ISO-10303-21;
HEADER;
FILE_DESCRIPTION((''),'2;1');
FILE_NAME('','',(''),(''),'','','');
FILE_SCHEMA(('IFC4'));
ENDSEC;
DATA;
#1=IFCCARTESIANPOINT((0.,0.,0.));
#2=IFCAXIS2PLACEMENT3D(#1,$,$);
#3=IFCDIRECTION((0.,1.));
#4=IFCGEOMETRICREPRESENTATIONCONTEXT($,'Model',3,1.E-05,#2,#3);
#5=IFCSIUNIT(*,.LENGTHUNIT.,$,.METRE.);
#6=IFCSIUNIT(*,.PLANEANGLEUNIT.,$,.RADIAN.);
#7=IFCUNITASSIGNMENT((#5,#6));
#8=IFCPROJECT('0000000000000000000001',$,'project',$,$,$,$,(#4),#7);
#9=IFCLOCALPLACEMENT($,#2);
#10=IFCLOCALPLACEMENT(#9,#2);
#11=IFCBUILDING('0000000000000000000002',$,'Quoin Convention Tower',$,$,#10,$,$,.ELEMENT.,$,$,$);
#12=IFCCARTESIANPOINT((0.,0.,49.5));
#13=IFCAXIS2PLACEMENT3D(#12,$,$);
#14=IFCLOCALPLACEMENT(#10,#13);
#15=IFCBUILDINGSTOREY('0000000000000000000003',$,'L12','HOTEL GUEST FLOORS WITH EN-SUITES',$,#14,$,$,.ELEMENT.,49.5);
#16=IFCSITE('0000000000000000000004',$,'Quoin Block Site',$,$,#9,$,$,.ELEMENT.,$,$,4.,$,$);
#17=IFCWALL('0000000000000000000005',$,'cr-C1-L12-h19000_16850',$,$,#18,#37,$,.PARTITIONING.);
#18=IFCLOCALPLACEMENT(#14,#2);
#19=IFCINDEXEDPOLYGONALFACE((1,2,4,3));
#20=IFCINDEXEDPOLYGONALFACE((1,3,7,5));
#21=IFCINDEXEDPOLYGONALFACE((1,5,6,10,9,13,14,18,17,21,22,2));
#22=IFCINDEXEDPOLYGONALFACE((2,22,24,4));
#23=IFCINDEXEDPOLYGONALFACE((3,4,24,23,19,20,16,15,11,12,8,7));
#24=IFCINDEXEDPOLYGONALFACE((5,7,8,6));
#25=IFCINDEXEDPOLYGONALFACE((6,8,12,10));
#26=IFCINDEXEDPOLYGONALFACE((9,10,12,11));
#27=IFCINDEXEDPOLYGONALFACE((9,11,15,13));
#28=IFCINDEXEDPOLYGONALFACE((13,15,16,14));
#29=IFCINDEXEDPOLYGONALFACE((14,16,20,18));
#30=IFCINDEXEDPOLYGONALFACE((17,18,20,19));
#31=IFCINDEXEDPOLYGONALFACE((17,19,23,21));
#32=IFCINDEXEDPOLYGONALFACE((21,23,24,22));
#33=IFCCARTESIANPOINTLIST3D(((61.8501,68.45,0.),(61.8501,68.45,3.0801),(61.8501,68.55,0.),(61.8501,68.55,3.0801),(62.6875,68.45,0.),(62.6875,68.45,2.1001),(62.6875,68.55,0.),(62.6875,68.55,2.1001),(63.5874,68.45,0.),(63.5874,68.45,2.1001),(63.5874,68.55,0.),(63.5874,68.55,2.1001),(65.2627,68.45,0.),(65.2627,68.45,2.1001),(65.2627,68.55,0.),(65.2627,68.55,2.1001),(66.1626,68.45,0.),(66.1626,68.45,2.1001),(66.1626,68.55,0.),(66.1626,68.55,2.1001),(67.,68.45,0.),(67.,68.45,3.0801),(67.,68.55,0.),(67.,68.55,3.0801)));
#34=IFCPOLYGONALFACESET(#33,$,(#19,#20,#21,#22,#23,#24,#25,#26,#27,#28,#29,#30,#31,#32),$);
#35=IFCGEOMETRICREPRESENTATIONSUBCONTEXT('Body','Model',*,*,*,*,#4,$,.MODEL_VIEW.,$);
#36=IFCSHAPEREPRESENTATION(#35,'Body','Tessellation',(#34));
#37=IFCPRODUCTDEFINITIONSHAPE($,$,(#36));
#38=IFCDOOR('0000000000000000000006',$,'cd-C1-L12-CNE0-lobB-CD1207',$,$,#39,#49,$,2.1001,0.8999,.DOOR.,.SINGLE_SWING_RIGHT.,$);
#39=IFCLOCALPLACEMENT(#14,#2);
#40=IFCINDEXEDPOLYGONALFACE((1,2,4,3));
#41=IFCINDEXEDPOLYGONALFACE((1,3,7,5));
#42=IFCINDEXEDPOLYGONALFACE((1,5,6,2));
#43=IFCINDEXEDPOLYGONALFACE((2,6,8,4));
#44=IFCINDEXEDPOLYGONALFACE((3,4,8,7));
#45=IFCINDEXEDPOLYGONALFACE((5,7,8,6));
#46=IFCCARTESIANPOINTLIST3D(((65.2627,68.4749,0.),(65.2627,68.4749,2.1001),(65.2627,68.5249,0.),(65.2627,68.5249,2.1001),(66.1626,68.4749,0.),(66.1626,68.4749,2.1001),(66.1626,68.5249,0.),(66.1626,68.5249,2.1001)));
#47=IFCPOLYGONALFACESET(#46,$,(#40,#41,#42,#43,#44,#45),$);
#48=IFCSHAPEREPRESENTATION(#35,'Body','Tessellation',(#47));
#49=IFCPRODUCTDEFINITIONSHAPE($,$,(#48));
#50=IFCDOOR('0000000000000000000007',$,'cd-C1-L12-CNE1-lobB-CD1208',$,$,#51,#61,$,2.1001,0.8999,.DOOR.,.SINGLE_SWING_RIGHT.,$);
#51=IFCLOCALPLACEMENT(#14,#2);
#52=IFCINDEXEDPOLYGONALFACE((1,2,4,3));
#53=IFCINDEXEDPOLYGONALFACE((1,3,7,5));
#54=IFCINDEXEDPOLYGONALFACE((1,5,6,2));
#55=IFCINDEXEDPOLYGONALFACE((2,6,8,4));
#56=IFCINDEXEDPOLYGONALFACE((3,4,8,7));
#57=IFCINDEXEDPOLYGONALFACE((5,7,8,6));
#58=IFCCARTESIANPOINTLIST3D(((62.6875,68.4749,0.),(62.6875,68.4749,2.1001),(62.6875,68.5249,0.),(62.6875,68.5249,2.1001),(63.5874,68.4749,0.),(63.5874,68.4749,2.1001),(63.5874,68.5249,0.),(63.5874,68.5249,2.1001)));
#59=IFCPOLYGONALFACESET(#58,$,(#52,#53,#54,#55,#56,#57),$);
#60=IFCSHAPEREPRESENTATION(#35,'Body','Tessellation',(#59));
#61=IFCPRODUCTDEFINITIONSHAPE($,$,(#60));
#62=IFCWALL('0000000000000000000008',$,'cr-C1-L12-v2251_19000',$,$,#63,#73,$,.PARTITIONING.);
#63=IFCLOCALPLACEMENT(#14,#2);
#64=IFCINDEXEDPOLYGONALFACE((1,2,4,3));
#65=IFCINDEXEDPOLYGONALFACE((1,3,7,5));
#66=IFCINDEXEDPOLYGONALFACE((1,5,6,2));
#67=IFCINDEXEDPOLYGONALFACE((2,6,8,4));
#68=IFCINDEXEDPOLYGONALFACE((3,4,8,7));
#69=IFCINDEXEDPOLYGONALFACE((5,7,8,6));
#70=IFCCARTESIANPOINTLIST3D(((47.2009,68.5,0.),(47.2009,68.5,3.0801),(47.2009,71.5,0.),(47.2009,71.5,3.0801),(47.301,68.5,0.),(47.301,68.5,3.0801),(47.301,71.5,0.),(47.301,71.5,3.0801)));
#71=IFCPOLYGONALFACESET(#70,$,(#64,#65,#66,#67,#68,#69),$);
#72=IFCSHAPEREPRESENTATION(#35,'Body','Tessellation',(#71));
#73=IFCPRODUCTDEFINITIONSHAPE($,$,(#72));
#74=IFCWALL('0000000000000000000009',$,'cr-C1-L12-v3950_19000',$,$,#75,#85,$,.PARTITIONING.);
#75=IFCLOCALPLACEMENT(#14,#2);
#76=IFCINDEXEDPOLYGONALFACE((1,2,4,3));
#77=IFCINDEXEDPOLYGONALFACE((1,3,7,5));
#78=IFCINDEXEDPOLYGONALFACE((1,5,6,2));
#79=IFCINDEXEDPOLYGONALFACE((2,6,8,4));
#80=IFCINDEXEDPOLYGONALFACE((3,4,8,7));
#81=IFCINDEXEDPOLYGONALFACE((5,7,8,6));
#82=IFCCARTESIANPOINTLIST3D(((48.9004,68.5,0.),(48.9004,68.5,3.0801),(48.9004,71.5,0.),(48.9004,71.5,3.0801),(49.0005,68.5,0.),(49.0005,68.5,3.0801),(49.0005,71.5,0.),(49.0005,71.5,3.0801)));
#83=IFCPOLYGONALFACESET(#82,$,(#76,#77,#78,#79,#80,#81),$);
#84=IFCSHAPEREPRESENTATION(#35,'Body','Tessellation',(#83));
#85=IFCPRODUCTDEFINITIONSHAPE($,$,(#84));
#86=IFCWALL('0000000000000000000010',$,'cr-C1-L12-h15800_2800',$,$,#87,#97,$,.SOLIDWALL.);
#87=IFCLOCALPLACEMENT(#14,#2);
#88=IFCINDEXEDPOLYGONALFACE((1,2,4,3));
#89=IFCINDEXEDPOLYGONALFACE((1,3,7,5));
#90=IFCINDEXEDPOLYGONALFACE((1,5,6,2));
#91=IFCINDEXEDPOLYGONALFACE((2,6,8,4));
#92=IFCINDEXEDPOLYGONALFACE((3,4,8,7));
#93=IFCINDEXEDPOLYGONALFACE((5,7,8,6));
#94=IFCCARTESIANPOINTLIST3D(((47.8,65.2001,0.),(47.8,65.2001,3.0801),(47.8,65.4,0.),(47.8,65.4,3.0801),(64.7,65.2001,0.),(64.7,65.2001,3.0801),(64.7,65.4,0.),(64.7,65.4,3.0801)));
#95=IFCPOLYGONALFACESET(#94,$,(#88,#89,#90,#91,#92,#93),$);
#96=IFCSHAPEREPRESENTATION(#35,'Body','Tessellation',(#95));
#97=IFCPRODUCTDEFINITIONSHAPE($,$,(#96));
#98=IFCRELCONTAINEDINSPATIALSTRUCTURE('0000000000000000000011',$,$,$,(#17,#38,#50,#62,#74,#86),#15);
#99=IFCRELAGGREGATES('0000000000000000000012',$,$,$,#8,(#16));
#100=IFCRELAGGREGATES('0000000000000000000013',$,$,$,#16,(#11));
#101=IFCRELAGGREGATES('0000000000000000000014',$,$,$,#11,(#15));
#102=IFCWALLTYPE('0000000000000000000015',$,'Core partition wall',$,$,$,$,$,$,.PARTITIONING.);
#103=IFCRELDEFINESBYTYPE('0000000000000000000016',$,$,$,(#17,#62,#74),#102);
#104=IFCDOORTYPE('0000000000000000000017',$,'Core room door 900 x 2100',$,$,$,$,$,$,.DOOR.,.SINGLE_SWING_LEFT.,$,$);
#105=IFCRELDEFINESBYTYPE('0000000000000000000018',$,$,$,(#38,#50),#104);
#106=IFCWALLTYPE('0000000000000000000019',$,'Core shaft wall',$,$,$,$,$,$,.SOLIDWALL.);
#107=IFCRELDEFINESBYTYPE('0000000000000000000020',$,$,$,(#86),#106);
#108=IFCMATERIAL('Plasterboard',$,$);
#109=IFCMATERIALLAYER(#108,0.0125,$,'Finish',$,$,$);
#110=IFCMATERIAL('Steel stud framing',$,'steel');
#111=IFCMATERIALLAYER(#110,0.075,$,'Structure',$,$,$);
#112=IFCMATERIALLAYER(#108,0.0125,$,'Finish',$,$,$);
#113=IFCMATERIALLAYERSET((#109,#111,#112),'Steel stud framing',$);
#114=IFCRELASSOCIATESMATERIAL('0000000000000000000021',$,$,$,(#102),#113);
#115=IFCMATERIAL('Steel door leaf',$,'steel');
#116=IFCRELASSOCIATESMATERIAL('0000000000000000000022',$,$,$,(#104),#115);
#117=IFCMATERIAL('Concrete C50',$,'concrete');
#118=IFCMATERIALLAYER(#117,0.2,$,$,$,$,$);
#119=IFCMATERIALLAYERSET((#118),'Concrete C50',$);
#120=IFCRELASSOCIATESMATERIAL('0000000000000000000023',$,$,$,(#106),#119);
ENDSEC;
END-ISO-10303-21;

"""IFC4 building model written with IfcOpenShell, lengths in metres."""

from ifc_helpers import new_model, si_unit, direction, frame, frame_2d, origin, place, context, subcontext, project, spatial, rectangle, extrude, material, layer, layer_set, type_object, element, fill, save


model = new_model("IFC4")

# Units and contexts
model_context = context("Model", 3, precision=1e-05, world=origin(), true_north=direction((0.0, 1.0)))
body_context = subcontext(model_context, "Body", "Model", "MODEL_VIEW")
ifc_project = project(units=[si_unit("LENGTHUNIT", "METRE"), si_unit("PLANEANGLEUNIT", "RADIAN")], contexts=[model_context])

# Site, building, storey
site_placement = place(None, origin())
site = spatial("IfcSite", under=ifc_project, at=site_placement, Name="Quoin Block Site", CompositionType="ELEMENT", RefElevation=4.0)
building_placement = place(site_placement, origin())
building = spatial("IfcBuilding", under=site, at=building_placement, Name="Quoin Convention Tower", CompositionType="ELEMENT")
storey_placement = place(building_placement, frame((0.0, 0.0, 49.5)))
storey = spatial("IfcBuildingStorey", under=building, at=storey_placement, Name="L12", Description="HOTEL GUEST FLOORS WITH EN-SUITES", CompositionType="ELEMENT", Elevation=49.5)

# Wall, openings, doors
ifc_material_1 = material(Name="Plasterboard")
ifc_layer_1 = layer(ifc_material_1, 0.0125, Name="Finish")
ifc_material_2 = material(Name="Steel stud framing", Category="steel")
ifc_layer_2 = layer(ifc_material_2, 0.075, Name="Structure")
ifc_layer_3 = layer(ifc_material_1, 0.0125, Name="Finish")
ifc_layer_set_1 = layer_set([ifc_layer_1, ifc_layer_2, ifc_layer_3], Name="Steel stud framing")
wall_type_1 = type_object("IfcWallType", Name="Core partition wall", PredefinedType="PARTITIONING", material=ifc_layer_set_1)
wall_1_placement = place(storey_placement, frame((61.8501, 68.5, 0.0), z_axis=(0.0, 0.0, 1.0), x_axis=(1.0, 0.0, 0.0)))
wall_1 = element("IfcWall", 1, at=wall_1_placement, inside=storey, type_object=wall_type_1, Name="cr-C1-L12-h19000_16850", PredefinedType="PARTITIONING", context=body_context, shape_type="SweptSolid", body=[
    extrude(rectangle(XDim=5.1499, YDim=0.1001, at=frame_2d((2.575, 0.0))), origin(), (0.0, 0.0, 1.0), 3.0801),
])
opening_1_placement = place(wall_1_placement, frame((3.4126, 0.0, 0.0)))
opening_1 = element("IfcOpeningElement", 2, at=opening_1_placement, cuts=wall_1, PredefinedType="OPENING", context=body_context, shape_type="SweptSolid", body=[
    extrude(rectangle(XDim=0.8999, YDim=2.1001, at=frame_2d((0.45, 1.05))), frame((0.0, 0.0601, 0.0), z_axis=(0.0, -1.0, 0.0), x_axis=(1.0, 0.0, 0.0)), (0.0, 0.0, 1.0), 0.1201),
])
opening_2_placement = place(wall_1_placement, frame((0.8374, 0.0, 0.0)))
opening_2 = element("IfcOpeningElement", 3, at=opening_2_placement, cuts=wall_1, PredefinedType="OPENING", context=body_context, shape_type="SweptSolid", body=[
    extrude(rectangle(XDim=0.8999, YDim=2.1001, at=frame_2d((0.45, 1.05))), frame((0.0, 0.0601, 0.0), z_axis=(0.0, -1.0, 0.0), x_axis=(1.0, 0.0, 0.0)), (0.0, 0.0, 1.0), 0.1201),
])
ifc_material_3 = material(Name="Steel door leaf", Category="steel")
door_type_1 = type_object("IfcDoorType", Name="Core room door 900 x 2100", OperationType="SINGLE_SWING_LEFT", PredefinedType="DOOR", material=ifc_material_3)
door_1_placement = place(opening_1_placement, origin())
door_1 = element("IfcDoor", 4, at=door_1_placement, inside=storey, type_object=door_type_1, Name="cd-C1-L12-CNE0-lobB-CD1207", OperationType="SINGLE_SWING_RIGHT", OverallHeight=2.1001, OverallWidth=0.8999, PredefinedType="DOOR", context=body_context, shape_type="SweptSolid", body=[
    extrude(rectangle(XDim=0.8999, YDim=2.1001, at=frame_2d((0.45, 1.05))), frame((0.0, 0.0249, 0.0), z_axis=(0.0, -1.0, 0.0), x_axis=(1.0, 0.0, 0.0)), (0.0, 0.0, 1.0), 0.05),
])
fill(opening_1, door_1)
door_2_placement = place(opening_2_placement, origin())
door_2 = element("IfcDoor", 5, at=door_2_placement, inside=storey, type_object=door_type_1, Name="cd-C1-L12-CNE1-lobB-CD1208", OperationType="SINGLE_SWING_RIGHT", OverallHeight=2.1001, OverallWidth=0.8999, PredefinedType="DOOR", context=body_context, shape_type="SweptSolid", body=[
    extrude(rectangle(XDim=0.8999, YDim=2.1001, at=frame_2d((0.45, 1.05))), frame((0.0, 0.0249, 0.0), z_axis=(0.0, -1.0, 0.0), x_axis=(1.0, 0.0, 0.0)), (0.0, 0.0, 1.0), 0.05),
])
fill(opening_2, door_2)

# Walls
for number, where, z_axis, x_axis, name in (
    (6, (47.251, 68.5, 0.0), (0.0, 0.0, 1.0), (0.0, 1.0, 0.0), "cr-C1-L12-v2251_19000"),
    (7, (48.9504, 68.5, 0.0), (0.0, 0.0, 1.0), (0.0, 1.0, 0.0), "cr-C1-L12-v3950_19000"),
):
    element("IfcWall", number, at=place(storey_placement, frame(where, z_axis=z_axis, x_axis=x_axis)), inside=storey, type_object=wall_type_1, Name=name, PredefinedType="PARTITIONING", context=body_context, shape_type="SweptSolid", body=[
        extrude(rectangle(XDim=3.0, YDim=0.1001, at=frame_2d((1.5, 0.0))), origin(), (0.0, 0.0, 1.0), 3.0801),
    ])
ifc_material_4 = material(Name="Concrete C50", Category="concrete")
ifc_layer_4 = layer(ifc_material_4, 0.2)
ifc_layer_set_2 = layer_set([ifc_layer_4], Name="Concrete C50")
wall_type_2 = type_object("IfcWallType", Name="Core shaft wall", PredefinedType="SOLIDWALL", material=ifc_layer_set_2)
wall_2_placement = place(storey_placement, frame((47.8, 65.3, 0.0), z_axis=(0.0, 0.0, 1.0), x_axis=(1.0, 0.0, 0.0)))
element("IfcWall", 8, at=wall_2_placement, inside=storey, type_object=wall_type_2, Name="cr-C1-L12-h15800_2800", PredefinedType="SOLIDWALL", context=body_context, shape_type="SweptSolid", body=[
    extrude(rectangle(XDim=16.8999, YDim=0.2, at=frame_2d((8.45, 0.0))), origin(), (0.0, 0.0, 1.0), 3.0801),
])

save(model, "model.ifc")
